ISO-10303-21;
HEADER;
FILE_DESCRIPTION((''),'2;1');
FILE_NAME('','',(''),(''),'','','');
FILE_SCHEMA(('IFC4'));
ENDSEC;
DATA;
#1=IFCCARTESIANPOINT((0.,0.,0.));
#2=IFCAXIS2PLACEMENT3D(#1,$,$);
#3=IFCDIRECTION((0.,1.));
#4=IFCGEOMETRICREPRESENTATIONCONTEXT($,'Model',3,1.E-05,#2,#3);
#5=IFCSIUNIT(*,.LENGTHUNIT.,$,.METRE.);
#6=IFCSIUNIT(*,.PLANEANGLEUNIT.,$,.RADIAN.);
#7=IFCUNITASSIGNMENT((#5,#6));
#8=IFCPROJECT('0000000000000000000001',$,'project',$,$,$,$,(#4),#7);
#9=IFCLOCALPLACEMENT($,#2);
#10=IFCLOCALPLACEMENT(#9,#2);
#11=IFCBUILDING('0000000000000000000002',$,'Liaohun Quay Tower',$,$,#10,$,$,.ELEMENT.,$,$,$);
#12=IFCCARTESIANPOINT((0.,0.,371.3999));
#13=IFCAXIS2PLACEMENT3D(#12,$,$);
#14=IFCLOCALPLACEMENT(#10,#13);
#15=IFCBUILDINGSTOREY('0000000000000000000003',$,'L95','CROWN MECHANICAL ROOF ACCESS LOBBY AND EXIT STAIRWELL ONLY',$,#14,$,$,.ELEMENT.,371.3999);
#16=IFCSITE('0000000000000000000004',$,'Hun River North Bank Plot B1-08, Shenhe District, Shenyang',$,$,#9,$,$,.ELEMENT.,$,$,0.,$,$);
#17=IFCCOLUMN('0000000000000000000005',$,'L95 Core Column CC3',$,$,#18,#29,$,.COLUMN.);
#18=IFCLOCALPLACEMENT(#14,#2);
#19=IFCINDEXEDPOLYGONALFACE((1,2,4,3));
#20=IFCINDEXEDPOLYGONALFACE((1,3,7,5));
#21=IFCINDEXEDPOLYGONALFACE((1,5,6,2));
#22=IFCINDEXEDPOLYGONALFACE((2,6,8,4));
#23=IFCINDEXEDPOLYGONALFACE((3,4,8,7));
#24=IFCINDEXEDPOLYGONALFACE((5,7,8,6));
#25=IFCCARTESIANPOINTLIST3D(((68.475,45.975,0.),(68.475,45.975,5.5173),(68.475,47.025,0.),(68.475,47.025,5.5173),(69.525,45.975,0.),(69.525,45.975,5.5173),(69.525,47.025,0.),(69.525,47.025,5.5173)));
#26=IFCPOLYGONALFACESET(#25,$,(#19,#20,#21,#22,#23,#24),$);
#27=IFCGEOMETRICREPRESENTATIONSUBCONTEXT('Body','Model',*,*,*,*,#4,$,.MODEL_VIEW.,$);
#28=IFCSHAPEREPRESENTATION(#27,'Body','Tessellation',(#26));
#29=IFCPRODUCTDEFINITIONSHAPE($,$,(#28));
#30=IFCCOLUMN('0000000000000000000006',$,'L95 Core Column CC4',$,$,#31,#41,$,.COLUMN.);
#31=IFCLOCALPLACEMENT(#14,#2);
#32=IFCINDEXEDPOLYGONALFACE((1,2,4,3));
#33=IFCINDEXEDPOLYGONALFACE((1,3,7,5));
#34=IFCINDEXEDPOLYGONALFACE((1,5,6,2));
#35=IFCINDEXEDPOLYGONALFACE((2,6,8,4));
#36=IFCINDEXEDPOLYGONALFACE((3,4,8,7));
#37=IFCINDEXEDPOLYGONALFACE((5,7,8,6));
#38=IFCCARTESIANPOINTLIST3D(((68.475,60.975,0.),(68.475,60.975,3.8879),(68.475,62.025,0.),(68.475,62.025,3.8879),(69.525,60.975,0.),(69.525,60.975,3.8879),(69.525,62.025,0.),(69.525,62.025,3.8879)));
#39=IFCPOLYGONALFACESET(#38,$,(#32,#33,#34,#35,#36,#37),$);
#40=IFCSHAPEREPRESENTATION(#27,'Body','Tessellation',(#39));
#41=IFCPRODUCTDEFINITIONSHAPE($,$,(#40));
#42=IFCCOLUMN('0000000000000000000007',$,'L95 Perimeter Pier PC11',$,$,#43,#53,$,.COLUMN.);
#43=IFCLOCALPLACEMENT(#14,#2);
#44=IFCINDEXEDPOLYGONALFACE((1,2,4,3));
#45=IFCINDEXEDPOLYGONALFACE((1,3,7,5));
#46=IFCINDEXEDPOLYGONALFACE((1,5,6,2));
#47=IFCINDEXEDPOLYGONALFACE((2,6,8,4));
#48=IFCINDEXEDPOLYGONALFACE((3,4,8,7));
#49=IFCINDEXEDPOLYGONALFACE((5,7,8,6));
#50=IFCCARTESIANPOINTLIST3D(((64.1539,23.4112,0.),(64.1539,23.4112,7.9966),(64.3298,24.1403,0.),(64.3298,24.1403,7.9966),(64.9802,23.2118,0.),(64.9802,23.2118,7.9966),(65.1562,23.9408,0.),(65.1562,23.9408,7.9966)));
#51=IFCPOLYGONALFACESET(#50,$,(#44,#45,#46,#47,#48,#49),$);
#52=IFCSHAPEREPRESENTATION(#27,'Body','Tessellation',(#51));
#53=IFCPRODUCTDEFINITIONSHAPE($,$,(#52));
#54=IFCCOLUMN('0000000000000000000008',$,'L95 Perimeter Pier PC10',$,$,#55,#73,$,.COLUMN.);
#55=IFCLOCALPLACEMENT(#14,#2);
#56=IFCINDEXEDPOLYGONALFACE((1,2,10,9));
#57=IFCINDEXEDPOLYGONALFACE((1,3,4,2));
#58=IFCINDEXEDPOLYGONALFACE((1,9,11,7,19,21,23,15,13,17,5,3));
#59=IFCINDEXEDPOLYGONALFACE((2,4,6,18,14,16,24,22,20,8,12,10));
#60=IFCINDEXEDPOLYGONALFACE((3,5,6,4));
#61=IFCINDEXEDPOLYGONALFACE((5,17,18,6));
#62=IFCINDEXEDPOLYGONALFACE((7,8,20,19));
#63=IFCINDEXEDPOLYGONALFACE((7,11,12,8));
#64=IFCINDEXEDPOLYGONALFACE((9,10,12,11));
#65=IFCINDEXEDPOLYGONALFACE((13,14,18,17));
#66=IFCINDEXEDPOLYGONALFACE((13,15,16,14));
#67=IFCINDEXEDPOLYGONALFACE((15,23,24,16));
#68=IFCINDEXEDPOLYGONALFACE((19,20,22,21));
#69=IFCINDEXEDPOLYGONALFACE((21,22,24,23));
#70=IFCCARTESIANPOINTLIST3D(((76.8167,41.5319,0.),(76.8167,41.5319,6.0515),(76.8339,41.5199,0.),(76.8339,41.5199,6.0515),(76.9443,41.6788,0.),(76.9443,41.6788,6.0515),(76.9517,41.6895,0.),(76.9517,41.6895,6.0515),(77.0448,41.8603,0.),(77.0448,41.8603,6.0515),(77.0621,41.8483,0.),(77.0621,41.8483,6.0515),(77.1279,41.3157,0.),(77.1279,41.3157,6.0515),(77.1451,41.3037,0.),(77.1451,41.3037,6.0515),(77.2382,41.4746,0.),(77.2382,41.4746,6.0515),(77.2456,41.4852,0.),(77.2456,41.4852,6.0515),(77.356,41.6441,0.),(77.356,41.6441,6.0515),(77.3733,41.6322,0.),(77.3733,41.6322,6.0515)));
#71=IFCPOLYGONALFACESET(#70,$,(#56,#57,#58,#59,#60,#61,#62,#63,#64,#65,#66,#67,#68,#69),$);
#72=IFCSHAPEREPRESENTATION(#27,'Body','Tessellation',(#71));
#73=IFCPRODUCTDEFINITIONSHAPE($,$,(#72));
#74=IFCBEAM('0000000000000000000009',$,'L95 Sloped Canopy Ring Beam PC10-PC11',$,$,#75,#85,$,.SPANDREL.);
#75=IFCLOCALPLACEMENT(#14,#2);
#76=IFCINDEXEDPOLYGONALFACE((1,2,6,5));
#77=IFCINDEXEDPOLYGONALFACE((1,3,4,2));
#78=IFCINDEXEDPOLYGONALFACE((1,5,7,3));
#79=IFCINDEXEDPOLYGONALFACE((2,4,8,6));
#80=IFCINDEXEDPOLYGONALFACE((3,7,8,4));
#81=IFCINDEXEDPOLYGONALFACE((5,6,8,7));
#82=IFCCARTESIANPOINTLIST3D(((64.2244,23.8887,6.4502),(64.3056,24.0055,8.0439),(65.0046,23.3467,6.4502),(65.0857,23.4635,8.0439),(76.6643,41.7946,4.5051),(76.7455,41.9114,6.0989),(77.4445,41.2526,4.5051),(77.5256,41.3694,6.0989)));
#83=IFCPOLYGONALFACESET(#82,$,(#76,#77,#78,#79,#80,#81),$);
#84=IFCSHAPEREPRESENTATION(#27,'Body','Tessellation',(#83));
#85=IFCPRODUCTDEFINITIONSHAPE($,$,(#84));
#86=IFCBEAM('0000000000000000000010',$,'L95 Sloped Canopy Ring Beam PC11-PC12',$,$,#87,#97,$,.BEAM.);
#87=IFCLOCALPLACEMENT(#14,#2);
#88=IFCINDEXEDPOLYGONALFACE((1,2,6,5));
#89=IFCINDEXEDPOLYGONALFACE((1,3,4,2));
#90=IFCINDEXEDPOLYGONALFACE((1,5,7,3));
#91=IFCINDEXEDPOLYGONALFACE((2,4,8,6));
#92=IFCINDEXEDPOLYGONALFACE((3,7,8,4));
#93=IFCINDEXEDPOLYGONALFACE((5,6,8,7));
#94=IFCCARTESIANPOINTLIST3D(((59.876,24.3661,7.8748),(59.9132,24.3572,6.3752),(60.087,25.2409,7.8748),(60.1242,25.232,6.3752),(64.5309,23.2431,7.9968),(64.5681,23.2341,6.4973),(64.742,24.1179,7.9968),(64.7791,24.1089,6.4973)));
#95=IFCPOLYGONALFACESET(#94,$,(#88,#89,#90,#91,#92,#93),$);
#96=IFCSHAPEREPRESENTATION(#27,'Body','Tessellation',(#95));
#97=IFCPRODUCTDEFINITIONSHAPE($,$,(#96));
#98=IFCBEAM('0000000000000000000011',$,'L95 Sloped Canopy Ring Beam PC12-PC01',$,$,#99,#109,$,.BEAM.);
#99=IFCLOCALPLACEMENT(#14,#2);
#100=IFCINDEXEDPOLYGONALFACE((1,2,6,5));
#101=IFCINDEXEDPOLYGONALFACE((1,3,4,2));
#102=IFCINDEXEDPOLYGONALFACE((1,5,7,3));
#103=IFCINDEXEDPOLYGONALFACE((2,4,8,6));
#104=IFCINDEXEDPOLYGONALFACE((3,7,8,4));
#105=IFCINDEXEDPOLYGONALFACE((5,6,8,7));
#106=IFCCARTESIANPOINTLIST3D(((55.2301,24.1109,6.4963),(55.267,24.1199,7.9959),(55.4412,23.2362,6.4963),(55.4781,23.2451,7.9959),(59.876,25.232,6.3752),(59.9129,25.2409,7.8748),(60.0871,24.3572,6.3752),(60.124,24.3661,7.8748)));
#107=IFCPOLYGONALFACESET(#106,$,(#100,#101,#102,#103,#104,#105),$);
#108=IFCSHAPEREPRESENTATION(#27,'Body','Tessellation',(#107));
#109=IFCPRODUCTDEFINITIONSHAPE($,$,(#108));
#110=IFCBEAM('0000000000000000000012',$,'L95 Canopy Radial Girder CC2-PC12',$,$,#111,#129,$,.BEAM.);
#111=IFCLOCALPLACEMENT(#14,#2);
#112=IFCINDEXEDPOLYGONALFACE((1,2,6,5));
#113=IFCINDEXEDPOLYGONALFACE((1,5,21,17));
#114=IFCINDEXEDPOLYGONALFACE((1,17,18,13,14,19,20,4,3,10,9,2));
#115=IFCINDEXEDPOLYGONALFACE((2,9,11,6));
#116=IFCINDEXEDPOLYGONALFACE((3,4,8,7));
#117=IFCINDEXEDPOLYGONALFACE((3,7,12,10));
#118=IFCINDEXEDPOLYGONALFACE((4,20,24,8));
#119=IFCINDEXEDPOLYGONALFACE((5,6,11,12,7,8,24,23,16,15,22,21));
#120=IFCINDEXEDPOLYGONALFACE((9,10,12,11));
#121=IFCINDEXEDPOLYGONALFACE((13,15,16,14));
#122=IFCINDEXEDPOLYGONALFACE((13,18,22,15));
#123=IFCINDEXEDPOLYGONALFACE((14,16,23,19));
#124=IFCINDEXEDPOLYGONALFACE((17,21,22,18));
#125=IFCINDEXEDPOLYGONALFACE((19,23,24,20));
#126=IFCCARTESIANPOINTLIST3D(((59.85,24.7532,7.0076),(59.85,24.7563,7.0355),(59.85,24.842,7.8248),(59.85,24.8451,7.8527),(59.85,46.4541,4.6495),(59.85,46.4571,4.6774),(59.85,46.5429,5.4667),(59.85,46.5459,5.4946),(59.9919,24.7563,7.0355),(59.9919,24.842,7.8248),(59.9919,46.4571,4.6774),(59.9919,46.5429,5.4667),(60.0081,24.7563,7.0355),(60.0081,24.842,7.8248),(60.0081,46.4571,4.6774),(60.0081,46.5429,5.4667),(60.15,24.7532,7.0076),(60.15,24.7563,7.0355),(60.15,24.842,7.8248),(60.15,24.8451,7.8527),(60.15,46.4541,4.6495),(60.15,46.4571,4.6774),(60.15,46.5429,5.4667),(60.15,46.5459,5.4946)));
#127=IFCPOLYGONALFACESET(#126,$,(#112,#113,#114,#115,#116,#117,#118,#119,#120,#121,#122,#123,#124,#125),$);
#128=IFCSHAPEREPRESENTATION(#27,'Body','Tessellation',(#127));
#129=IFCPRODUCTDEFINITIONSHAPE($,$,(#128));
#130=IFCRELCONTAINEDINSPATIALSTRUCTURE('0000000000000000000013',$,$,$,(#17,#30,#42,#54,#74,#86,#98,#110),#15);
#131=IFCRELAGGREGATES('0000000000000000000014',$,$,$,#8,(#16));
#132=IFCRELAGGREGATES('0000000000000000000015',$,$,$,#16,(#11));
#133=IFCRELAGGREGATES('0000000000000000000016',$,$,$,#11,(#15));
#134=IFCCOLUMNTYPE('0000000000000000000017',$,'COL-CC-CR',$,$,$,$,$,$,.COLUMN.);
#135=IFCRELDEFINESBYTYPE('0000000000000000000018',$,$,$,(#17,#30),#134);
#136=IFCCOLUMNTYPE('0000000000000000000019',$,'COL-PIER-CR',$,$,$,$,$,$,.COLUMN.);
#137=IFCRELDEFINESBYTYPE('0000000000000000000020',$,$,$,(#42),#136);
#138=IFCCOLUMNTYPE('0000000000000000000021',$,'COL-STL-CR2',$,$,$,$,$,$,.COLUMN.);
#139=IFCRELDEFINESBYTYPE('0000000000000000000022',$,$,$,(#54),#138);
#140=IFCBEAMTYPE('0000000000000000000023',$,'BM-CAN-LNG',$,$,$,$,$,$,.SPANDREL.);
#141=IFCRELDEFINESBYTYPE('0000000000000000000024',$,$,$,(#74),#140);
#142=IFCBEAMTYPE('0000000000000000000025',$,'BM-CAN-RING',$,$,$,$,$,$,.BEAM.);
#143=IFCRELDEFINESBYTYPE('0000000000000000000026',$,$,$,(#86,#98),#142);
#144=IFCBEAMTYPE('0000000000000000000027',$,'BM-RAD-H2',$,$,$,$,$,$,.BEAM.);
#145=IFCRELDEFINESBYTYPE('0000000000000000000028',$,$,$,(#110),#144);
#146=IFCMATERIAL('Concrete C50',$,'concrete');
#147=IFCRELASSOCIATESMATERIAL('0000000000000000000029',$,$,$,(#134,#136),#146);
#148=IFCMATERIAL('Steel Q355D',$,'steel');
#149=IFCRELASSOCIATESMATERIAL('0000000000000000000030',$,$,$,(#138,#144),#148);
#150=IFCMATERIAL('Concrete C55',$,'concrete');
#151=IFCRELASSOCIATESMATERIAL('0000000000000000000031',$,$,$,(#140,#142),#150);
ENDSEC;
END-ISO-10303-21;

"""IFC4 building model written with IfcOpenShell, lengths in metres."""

from ifc_helpers import new_model, si_unit, direction, frame, origin, origin_2d, place, context, subcontext, project, spatial, rectangle, i_section, extrude, source, transform, mapped, material, material_profile, profile_set, type_object, element, save


model = new_model("IFC4")

# Units and contexts
model_context = context("Model", 3, precision=1e-05, world=origin(), true_north=direction((0.0, 1.0)))
body_context = subcontext(model_context, "Body", "Model", "MODEL_VIEW")
ifc_project = project(units=[si_unit("LENGTHUNIT", "METRE"), si_unit("PLANEANGLEUNIT", "RADIAN")], contexts=[model_context])

# Site, building, storey
site_placement = place(None, origin())
site = spatial("IfcSite", under=ifc_project, at=site_placement, Name="Hun River North Bank Plot B1-08, Shenhe District, Shenyang", CompositionType="ELEMENT", RefElevation=0.0)
building_placement = place(site_placement, origin())
building = spatial("IfcBuilding", under=site, at=building_placement, Name="Liaohun Quay Tower", CompositionType="ELEMENT")
storey_placement = place(building_placement, frame((0.0, 0.0, 371.3999)))
storey = spatial("IfcBuildingStorey", under=building, at=storey_placement, Name="L95", Description="CROWN MECHANICAL ROOF ACCESS LOBBY AND EXIT STAIRWELL ONLY", CompositionType="ELEMENT", Elevation=371.3999)

# Columns
ifc_material_1 = material(Name="Concrete C50", Category="concrete")
ifc_material_profile_1 = material_profile(ifc_material_1, rectangle(XDim=1.05, YDim=1.05, at=origin_2d()), Name="RC1050x1050")
ifc_profile_set_1 = profile_set([ifc_material_profile_1], Name="Concrete C50")
column_type_1 = type_object("IfcColumnType", Name="COL-CC-CR", PredefinedType="COLUMN", material=ifc_profile_set_1)
shared_shape_1 = source(origin(), body_context, "Body", "SweptSolid", [
    extrude(rectangle(XDim=1.05, YDim=1.05, at=origin_2d()), origin(), (0.0, 0.0, 1.0), 5.5173),
])
column_1_placement = place(storey_placement, frame((69.0, 46.5, 0.0), z_axis=(0.0, 0.0, 1.0), x_axis=(1.0, 0.0, 0.0)))
element("IfcColumn", 1, at=column_1_placement, inside=storey, type_object=column_type_1, Name="L95 Core Column CC3", PredefinedType="COLUMN", context=body_context, shape_type="MappedRepresentation", body=[
    mapped(shared_shape_1, transform((0.0, 0.0, 0.0), x_axis=(1.0, 0.0, 0.0), y_axis=(0.0, 1.0, 0.0), z_axis=(0.0, 0.0, 1.0), scale=1.0)),
])
shared_shape_2 = source(origin(), body_context, "Body", "SweptSolid", [
    extrude(rectangle(XDim=1.05, YDim=1.05, at=origin_2d()), origin(), (0.0, 0.0, 1.0), 3.8879),
])
column_2_placement = place(storey_placement, frame((69.0, 61.5, 0.0), z_axis=(0.0, 0.0, 1.0), x_axis=(1.0, 0.0, 0.0)))
element("IfcColumn", 2, at=column_2_placement, inside=storey, type_object=column_type_1, Name="L95 Core Column CC4", PredefinedType="COLUMN", context=body_context, shape_type="MappedRepresentation", body=[
    mapped(shared_shape_2, transform((0.0, 0.0, 0.0), x_axis=(1.0, 0.0, 0.0), y_axis=(0.0, 1.0, 0.0), z_axis=(0.0, 0.0, 1.0), scale=1.0)),
])
ifc_material_profile_2 = material_profile(ifc_material_1, rectangle(XDim=0.8501, YDim=0.75, at=origin_2d()), Name="RC850x750")
ifc_profile_set_2 = profile_set([ifc_material_profile_2], Name="Concrete C50")
column_type_2 = type_object("IfcColumnType", Name="COL-PIER-CR", PredefinedType="COLUMN", material=ifc_profile_set_2)
shared_shape_3 = source(origin(), body_context, "Body", "SweptSolid", [
    extrude(rectangle(XDim=0.8501, YDim=0.75, at=origin_2d()), origin(), (0.0, 0.0, 1.0), 7.9966),
])
column_3_placement = place(storey_placement, frame((64.655, 23.676, 0.0), z_axis=(0.0, 0.0, 1.0), x_axis=(-0.972084, 0.234633, 0.0)))
element("IfcColumn", 3, at=column_3_placement, inside=storey, type_object=column_type_2, Name="L95 Perimeter Pier PC11", PredefinedType="COLUMN", context=body_context, shape_type="MappedRepresentation", body=[
    mapped(shared_shape_3, transform((0.0, 0.0, 0.0), x_axis=(1.0, 0.0, 0.0), y_axis=(0.0, 1.0, 0.0), z_axis=(0.0, 0.0, 1.0), scale=1.0)),
])
ifc_material_2 = material(Name="Steel Q355D", Category="steel")
ifc_material_profile_3 = material_profile(ifc_material_2, i_section(OverallWidth=0.3999, OverallDepth=0.3999, WebThickness=0.0129, FlangeThickness=0.021, at=origin_2d()), Name="HW400x400x13x21")
ifc_profile_set_3 = profile_set([ifc_material_profile_3], Name="Steel Q355D")
column_type_3 = type_object("IfcColumnType", Name="COL-STL-CR2", PredefinedType="COLUMN", material=ifc_profile_set_3)
shared_shape_4 = source(origin(), body_context, "Body", "SweptSolid", [
    extrude(i_section(OverallWidth=0.3999, OverallDepth=0.3999, WebThickness=0.0129, FlangeThickness=0.021, at=origin_2d()), origin(), (0.0, 0.0, 1.0), 6.0515),
])
column_4_placement = place(storey_placement, frame((77.095, 41.582, 0.0), z_axis=(0.0, 0.0, 1.0), x_axis=(0.57057, 0.821249, 0.0)))
element("IfcColumn", 4, at=column_4_placement, inside=storey, type_object=column_type_3, Name="L95 Perimeter Pier PC10", PredefinedType="COLUMN", context=body_context, shape_type="MappedRepresentation", body=[
    mapped(shared_shape_4, transform((0.0, 0.0, 0.0), x_axis=(1.0, 0.0, 0.0), y_axis=(0.0, 1.0, 0.0), z_axis=(0.0, 0.0, 1.0), scale=1.0)),
])

# Beams
ifc_material_3 = material(Name="Concrete C55", Category="concrete")
ifc_material_profile_4 = material_profile(ifc_material_3, rectangle(XDim=0.95, YDim=1.6001, at=origin_2d()), Name="RC950x1600")
ifc_profile_set_4 = profile_set([ifc_material_profile_4], Name="Concrete C55")
beam_type_1 = type_object("IfcBeamType", Name="BM-CAN-LNG", PredefinedType="SPANDREL", material=ifc_profile_set_4)
shared_shape_5 = source(origin(), body_context, "Body", "SweptSolid", [
    extrude(rectangle(XDim=0.95, YDim=1.6001, at=origin_2d()), origin(), (0.0, 0.0, 1.0), 21.8896),
])
beam_1_placement = place(storey_placement, frame((77.095, 41.582, 5.302), z_axis=(-0.5683, -0.818009, 0.088858), x_axis=(0.821258, -0.570557, 0.0)))
element("IfcBeam", 5, at=beam_1_placement, inside=storey, type_object=beam_type_1, Name="L95 Sloped Canopy Ring Beam PC10-PC11", PredefinedType="SPANDREL", context=body_context, shape_type="MappedRepresentation", body=[
    mapped(shared_shape_5, transform((0.0, 0.0, 0.0), x_axis=(1.0, 0.0, 0.0), y_axis=(0.0, 1.0, 0.0), z_axis=(0.0, 0.0, 1.0), scale=1.0)),
])
ifc_material_profile_5 = material_profile(ifc_material_3, rectangle(XDim=0.8999, YDim=1.5, at=origin_2d()), Name="RC900x1500")
ifc_profile_set_5 = profile_set([ifc_material_profile_5], Name="Concrete C55")
beam_type_2 = type_object("IfcBeamType", Name="BM-CAN-RING", PredefinedType="BEAM", material=ifc_profile_set_5)
shared_shape_6 = source(origin(), body_context, "Body", "SweptSolid", [
    extrude(rectangle(XDim=0.8999, YDim=1.5, at=origin_2d()), origin(), (0.0, 0.0, 1.0), 4.79),
])
beam_2_placement = place(storey_placement, frame((64.655, 23.676, 7.2471), z_axis=(-0.971794, 0.23445, -0.025484), x_axis=(-0.234526, -0.97211, 0.0)))
element("IfcBeam", 6, at=beam_2_placement, inside=storey, type_object=beam_type_2, Name="L95 Sloped Canopy Ring Beam PC11-PC12", PredefinedType="BEAM", context=body_context, shape_type="MappedRepresentation", body=[
    mapped(shared_shape_6, transform((0.0, 0.0, 0.0), x_axis=(1.0, 0.0, 0.0), y_axis=(0.0, 1.0, 0.0), z_axis=(0.0, 0.0, 1.0), scale=1.0)),
])
shared_shape_7 = source(origin(), body_context, "Body", "SweptSolid", [
    extrude(rectangle(XDim=0.8999, YDim=1.5, at=origin_2d()), origin(), (0.0, 0.0, 1.0), 4.7808),
])
beam_3_placement = place(storey_placement, frame((60.0, 24.7991, 7.125), z_axis=(-0.971787, -0.234495, 0.025329), x_axis=(0.234571, -0.972099, 0.0)))
element("IfcBeam", 7, at=beam_3_placement, inside=storey, type_object=beam_type_2, Name="L95 Sloped Canopy Ring Beam PC12-PC01", PredefinedType="BEAM", context=body_context, shape_type="MappedRepresentation", body=[
    mapped(shared_shape_7, transform((0.0, 0.0, 0.0), x_axis=(1.0, 0.0, 0.0), y_axis=(0.0, 1.0, 0.0), z_axis=(0.0, 0.0, 1.0), scale=1.0)),
])
ifc_material_profile_6 = material_profile(ifc_material_2, i_section(OverallWidth=0.3, OverallDepth=0.8501, WebThickness=0.0161, FlangeThickness=0.0281, at=origin_2d()), Name="HN850x300x16x28")
ifc_profile_set_6 = profile_set([ifc_material_profile_6], Name="Steel Q355D")
beam_type_3 = type_object("IfcBeamType", Name="BM-RAD-H2", PredefinedType="BEAM", material=ifc_profile_set_6)
shared_shape_8 = source(origin(), body_context, "Body", "SweptSolid", [
    extrude(i_section(OverallWidth=0.3, OverallDepth=0.8501, WebThickness=0.0161, FlangeThickness=0.0281, at=origin_2d()), origin(), (0.0, 0.0, 1.0), 21.8286),
])
beam_4_placement = place(storey_placement, frame((60.0, 46.5, 5.072), z_axis=(0.0, -0.994148, 0.10803), x_axis=(1.0, 0.0, 0.0)))
element("IfcBeam", 8, at=beam_4_placement, inside=storey, type_object=beam_type_3, Name="L95 Canopy Radial Girder CC2-PC12", PredefinedType="BEAM", context=body_context, shape_type="MappedRepresentation", body=[
    mapped(shared_shape_8, transform((0.0, 0.0, 0.0), x_axis=(1.0, 0.0, 0.0), y_axis=(0.0, 1.0, 0.0), z_axis=(0.0, 0.0, 1.0), scale=1.0)),
])

save(model, "model.ifc")
